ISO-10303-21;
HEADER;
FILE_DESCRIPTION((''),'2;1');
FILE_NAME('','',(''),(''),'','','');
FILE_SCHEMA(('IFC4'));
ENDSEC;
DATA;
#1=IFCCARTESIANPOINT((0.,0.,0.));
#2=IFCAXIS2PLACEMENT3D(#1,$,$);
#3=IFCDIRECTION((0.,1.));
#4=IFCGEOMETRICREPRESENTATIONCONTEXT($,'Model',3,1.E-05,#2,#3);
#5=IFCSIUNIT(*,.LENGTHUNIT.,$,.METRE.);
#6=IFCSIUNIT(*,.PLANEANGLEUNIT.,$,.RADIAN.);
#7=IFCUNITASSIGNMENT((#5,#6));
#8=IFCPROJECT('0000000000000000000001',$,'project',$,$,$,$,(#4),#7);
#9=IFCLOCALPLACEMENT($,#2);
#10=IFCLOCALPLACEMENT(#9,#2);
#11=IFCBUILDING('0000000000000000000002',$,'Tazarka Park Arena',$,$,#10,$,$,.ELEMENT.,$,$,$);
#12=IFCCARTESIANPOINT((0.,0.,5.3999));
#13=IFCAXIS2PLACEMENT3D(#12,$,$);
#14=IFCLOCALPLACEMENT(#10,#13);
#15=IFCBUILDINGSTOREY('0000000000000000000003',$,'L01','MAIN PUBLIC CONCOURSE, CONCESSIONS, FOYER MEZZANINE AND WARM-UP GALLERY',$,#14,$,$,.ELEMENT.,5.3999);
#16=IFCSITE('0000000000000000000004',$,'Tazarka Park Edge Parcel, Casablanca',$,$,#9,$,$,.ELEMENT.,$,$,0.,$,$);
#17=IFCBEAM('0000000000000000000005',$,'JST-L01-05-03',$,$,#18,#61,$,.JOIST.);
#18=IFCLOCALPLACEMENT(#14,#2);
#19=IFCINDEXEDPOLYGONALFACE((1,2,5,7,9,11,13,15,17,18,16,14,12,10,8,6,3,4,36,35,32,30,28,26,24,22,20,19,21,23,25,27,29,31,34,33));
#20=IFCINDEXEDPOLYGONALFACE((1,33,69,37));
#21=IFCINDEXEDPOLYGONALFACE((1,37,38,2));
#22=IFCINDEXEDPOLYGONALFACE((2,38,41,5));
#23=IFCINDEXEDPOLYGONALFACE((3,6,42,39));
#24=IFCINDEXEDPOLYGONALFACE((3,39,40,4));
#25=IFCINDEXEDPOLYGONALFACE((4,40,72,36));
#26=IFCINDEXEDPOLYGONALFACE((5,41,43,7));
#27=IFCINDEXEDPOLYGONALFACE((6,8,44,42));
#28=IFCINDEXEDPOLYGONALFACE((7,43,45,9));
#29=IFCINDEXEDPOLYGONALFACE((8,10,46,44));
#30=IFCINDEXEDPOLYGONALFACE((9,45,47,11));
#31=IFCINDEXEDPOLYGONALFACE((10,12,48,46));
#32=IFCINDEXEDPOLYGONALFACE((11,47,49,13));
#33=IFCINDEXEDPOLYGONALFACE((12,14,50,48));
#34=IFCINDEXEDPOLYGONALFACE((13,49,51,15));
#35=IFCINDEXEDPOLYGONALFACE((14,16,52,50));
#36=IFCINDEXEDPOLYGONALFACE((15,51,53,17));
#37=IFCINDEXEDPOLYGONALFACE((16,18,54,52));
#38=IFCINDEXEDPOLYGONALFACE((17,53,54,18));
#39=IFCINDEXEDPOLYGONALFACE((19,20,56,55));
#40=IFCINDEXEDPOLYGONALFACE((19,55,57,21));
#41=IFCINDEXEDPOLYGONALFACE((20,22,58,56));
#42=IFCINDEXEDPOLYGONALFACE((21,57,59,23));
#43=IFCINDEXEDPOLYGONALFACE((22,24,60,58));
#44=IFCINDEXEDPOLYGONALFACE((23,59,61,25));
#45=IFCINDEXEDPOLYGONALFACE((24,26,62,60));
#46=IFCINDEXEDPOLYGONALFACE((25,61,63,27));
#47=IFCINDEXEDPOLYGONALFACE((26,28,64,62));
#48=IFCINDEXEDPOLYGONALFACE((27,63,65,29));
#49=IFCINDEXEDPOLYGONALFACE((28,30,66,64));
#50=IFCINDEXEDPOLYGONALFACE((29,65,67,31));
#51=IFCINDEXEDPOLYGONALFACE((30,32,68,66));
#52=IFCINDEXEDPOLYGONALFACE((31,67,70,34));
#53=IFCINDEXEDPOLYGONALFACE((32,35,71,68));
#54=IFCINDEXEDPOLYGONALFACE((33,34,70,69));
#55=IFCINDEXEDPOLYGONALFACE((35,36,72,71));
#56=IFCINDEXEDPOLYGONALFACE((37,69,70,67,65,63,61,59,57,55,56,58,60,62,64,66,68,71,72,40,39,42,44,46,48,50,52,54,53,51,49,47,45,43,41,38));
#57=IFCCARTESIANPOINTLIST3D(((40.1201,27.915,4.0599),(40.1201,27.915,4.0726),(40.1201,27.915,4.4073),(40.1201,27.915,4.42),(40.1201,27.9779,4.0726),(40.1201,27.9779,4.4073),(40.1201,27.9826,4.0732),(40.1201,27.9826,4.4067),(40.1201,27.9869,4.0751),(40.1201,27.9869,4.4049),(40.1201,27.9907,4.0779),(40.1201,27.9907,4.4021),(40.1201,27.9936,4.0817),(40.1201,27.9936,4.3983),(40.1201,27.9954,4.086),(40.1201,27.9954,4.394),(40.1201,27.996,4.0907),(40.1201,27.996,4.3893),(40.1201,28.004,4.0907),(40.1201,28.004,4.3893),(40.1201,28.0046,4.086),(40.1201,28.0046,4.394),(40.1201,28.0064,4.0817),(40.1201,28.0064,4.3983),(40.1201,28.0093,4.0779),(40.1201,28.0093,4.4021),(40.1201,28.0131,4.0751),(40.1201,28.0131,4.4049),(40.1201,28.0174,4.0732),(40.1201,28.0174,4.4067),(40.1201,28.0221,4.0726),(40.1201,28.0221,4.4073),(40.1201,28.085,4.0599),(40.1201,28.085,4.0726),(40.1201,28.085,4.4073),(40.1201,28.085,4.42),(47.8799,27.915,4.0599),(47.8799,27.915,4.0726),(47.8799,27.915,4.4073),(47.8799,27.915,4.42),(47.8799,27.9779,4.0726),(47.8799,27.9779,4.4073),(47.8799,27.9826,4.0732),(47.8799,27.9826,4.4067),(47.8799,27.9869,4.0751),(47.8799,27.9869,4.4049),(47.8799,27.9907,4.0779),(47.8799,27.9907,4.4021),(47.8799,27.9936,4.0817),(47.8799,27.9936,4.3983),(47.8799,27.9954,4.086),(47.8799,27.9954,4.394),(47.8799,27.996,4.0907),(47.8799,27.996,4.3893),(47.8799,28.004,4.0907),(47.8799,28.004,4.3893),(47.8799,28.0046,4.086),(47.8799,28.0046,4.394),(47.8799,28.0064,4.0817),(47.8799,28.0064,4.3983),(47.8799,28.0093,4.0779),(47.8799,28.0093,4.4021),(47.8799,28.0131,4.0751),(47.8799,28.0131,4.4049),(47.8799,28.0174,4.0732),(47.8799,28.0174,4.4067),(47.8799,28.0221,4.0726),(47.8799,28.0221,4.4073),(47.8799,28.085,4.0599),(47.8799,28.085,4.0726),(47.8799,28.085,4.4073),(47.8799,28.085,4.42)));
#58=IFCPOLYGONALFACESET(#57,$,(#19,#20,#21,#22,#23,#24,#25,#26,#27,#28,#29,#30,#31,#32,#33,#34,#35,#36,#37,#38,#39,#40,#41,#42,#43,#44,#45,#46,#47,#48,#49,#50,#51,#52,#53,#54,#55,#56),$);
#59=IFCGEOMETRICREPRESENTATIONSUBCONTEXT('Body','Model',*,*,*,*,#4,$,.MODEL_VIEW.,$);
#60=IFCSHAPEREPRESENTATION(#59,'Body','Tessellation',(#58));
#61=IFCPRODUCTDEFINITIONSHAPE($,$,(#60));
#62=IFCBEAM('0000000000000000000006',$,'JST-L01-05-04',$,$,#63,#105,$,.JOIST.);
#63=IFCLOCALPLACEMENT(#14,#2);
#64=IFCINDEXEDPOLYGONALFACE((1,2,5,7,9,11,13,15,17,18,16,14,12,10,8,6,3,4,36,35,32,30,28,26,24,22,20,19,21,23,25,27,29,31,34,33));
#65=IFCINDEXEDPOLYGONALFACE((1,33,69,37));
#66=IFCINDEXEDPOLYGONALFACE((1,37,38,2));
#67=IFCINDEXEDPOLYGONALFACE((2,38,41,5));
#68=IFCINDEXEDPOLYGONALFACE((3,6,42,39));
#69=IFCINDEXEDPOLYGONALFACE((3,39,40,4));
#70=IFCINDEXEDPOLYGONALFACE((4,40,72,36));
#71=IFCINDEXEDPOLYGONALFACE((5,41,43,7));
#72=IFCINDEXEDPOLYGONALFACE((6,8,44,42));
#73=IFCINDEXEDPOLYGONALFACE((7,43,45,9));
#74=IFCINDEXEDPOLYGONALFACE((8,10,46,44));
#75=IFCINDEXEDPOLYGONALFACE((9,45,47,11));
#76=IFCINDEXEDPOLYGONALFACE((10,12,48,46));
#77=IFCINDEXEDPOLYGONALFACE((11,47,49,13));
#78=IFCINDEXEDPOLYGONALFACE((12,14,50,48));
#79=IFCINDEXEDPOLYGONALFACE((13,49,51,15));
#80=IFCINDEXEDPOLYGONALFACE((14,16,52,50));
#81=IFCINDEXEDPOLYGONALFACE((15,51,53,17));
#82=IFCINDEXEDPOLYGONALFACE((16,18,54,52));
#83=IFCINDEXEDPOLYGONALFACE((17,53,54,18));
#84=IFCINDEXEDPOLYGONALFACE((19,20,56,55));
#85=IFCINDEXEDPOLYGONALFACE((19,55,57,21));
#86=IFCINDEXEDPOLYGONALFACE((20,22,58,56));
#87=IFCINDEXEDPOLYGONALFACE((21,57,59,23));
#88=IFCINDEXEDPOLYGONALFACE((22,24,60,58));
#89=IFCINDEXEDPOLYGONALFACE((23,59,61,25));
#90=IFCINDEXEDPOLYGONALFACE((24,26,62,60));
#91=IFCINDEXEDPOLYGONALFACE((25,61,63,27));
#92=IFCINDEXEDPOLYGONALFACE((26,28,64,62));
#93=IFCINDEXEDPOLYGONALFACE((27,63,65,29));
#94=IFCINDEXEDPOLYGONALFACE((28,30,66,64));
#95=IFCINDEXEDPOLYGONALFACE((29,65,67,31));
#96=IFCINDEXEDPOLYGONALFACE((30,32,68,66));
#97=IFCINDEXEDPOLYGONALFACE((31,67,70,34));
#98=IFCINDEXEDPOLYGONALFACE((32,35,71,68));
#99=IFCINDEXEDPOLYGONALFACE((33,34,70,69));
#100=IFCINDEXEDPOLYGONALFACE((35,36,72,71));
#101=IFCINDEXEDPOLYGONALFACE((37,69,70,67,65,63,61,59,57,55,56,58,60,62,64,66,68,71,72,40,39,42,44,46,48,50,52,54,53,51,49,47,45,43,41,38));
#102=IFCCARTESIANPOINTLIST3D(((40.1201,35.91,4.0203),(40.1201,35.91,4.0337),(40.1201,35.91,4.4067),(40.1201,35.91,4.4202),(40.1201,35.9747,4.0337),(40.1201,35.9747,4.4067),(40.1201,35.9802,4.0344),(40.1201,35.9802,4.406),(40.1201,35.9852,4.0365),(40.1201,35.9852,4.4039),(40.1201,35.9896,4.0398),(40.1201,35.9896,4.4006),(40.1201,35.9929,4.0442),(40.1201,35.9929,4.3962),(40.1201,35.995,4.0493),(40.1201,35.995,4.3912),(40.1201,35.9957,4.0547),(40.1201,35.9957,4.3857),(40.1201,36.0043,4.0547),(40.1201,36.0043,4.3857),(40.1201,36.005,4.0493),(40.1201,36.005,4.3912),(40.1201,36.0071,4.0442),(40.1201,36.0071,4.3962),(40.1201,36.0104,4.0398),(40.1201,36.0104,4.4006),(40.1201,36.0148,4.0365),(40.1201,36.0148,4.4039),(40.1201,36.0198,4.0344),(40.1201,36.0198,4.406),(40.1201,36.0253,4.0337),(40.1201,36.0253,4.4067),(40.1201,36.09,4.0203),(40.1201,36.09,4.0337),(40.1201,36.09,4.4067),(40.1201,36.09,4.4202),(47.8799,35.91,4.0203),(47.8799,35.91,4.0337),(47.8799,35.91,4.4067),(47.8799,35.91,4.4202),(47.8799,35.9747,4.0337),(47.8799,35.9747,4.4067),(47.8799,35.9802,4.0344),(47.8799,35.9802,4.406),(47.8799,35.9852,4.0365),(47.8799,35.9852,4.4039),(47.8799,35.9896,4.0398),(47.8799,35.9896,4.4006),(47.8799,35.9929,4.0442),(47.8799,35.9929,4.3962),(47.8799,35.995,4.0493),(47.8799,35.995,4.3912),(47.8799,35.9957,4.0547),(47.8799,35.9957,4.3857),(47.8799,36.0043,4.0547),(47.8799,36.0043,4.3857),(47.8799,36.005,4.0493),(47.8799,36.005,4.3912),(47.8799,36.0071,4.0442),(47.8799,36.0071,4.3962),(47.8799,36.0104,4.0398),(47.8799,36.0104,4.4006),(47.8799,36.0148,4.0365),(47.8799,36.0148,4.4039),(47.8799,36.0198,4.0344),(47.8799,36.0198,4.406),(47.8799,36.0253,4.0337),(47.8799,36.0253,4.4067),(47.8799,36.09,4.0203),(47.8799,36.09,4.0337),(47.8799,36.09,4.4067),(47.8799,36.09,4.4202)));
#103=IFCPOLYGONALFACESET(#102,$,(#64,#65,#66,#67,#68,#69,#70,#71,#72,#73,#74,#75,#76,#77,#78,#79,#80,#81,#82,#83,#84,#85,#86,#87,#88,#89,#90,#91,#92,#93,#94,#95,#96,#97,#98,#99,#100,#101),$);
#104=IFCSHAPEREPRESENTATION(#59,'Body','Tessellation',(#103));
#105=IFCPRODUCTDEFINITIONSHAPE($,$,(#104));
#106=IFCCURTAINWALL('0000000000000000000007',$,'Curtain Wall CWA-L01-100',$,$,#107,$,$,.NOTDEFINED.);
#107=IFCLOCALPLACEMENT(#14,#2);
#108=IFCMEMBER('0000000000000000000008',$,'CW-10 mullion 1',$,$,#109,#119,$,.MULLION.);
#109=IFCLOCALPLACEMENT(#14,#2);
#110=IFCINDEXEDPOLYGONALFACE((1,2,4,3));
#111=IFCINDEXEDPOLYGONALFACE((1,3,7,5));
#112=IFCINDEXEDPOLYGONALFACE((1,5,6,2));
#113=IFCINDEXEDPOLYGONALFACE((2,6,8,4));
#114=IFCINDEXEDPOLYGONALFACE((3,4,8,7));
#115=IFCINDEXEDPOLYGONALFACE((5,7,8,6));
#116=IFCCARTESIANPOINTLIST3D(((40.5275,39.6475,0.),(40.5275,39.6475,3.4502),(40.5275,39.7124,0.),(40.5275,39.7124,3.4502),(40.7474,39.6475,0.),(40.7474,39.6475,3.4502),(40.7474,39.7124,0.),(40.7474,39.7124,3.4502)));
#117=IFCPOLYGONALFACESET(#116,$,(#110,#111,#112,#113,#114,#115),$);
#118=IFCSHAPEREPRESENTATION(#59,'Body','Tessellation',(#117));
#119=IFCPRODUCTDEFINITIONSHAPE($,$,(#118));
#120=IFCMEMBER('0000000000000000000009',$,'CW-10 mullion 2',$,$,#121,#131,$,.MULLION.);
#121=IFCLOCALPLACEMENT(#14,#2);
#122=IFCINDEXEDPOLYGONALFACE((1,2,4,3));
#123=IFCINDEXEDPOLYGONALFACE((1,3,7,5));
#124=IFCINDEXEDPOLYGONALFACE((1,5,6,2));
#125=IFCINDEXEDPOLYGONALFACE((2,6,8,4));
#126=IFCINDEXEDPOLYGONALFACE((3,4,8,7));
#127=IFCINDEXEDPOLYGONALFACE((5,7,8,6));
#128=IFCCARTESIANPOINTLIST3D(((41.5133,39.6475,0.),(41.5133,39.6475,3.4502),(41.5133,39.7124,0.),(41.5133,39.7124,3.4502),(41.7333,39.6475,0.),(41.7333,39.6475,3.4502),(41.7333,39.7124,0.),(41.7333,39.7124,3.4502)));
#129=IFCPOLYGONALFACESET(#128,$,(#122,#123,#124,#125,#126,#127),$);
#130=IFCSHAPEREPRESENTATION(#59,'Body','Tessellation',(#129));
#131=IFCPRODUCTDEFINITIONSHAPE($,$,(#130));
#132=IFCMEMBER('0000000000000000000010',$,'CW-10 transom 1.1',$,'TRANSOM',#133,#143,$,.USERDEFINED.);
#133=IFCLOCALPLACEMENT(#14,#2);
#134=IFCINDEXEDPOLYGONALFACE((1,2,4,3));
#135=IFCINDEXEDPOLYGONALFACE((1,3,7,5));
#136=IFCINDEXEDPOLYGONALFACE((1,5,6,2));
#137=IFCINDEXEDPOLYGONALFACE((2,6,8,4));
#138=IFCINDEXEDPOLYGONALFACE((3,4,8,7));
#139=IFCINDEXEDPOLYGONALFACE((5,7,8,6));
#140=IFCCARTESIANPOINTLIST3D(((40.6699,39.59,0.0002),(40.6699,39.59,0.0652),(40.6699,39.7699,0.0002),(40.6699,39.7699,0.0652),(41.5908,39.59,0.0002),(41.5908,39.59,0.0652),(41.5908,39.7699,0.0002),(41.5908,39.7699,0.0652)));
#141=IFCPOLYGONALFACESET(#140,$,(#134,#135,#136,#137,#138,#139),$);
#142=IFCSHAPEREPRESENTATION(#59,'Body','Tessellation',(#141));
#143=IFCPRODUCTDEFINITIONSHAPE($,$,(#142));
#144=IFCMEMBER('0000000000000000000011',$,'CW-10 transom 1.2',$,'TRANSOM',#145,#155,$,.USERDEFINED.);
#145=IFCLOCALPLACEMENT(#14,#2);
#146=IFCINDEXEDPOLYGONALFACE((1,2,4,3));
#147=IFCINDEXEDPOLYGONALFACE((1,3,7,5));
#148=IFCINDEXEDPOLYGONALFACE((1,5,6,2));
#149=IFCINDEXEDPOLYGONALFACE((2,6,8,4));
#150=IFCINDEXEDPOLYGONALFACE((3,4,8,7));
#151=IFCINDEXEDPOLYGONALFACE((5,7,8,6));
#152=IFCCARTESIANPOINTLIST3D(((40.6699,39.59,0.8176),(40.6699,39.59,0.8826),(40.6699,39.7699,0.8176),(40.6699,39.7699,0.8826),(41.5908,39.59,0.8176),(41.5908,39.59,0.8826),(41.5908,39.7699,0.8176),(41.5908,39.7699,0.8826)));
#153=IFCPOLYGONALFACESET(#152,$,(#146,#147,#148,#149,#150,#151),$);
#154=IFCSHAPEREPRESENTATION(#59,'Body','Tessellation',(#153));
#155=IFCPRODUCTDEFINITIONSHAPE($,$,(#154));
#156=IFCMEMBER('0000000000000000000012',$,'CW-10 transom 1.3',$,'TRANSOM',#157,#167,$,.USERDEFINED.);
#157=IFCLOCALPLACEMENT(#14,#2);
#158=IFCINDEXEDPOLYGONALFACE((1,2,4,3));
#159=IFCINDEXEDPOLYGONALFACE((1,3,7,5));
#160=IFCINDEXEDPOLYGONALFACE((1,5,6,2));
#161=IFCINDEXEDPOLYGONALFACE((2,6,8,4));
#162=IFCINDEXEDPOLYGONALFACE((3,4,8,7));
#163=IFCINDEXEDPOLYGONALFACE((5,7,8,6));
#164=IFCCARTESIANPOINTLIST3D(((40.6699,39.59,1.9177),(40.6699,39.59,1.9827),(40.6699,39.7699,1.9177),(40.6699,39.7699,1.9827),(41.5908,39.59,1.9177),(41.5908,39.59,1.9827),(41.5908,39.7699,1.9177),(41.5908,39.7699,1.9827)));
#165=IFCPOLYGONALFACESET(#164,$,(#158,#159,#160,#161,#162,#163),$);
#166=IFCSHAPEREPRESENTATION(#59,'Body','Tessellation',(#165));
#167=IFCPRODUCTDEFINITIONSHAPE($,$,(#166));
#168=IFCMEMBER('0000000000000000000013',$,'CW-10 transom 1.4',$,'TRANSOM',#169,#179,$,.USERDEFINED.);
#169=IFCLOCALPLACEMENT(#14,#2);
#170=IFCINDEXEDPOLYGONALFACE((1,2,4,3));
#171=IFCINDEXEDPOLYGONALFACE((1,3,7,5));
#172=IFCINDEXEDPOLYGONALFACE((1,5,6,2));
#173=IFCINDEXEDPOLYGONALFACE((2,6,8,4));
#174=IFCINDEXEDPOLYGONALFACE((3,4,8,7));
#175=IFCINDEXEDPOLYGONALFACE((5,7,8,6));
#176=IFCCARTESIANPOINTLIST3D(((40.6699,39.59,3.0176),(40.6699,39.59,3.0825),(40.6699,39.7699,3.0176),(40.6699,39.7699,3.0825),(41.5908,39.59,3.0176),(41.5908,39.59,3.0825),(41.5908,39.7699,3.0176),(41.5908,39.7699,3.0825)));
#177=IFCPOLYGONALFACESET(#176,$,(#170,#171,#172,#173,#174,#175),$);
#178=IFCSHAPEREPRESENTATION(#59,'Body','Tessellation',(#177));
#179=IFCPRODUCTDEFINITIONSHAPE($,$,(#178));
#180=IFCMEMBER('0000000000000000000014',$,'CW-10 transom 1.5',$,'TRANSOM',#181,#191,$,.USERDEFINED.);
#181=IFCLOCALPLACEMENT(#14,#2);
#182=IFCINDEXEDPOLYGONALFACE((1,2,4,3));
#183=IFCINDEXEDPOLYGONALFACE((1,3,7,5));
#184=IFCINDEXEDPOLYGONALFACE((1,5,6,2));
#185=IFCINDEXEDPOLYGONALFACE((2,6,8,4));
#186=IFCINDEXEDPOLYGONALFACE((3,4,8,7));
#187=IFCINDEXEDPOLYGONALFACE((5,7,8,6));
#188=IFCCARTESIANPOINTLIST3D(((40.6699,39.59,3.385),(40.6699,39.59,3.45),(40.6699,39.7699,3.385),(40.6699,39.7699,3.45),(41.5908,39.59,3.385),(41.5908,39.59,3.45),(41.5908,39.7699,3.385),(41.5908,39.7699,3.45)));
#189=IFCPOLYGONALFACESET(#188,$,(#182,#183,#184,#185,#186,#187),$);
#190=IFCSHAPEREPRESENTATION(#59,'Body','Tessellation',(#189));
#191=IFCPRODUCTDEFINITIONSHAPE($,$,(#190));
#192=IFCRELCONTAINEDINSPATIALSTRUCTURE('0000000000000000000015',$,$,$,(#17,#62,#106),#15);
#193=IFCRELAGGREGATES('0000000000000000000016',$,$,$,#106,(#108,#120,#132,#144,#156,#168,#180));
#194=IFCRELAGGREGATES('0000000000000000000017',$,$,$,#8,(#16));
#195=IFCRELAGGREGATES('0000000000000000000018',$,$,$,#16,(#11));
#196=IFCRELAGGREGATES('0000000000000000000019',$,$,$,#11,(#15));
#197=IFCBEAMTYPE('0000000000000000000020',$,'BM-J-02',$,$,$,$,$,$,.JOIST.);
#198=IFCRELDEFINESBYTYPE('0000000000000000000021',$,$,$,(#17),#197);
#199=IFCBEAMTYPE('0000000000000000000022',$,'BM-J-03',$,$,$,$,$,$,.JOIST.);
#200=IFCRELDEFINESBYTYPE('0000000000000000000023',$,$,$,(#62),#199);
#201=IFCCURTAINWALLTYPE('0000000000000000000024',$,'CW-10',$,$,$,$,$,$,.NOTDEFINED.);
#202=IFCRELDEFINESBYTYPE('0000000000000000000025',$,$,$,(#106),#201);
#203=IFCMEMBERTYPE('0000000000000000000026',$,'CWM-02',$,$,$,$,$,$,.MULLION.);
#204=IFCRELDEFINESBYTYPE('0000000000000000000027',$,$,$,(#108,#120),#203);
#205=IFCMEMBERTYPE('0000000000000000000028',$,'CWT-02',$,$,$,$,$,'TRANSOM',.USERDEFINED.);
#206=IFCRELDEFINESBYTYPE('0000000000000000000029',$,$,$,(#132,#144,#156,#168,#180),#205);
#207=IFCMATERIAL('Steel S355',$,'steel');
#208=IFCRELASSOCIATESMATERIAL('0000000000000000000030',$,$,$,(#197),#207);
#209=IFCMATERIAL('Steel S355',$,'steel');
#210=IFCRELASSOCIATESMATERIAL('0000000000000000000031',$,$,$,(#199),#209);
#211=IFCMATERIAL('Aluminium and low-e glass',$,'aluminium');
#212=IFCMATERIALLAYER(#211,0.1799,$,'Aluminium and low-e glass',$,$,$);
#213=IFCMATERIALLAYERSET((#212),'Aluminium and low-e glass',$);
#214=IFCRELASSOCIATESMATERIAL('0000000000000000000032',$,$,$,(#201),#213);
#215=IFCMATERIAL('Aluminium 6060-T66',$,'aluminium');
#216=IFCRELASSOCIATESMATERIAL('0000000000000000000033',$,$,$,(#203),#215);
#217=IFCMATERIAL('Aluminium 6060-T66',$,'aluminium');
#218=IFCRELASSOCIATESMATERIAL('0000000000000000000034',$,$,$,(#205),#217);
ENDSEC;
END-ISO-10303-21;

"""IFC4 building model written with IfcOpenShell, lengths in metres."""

from ifc_helpers import new_model, si_unit, direction, frame, origin, origin_2d, place, context, subcontext, project, spatial, rectangle, i_section, extrude, material, layer, layer_set, material_profile, profile_set, type_object, element, aggregate, save


model = new_model("IFC4")

# Units and contexts
model_context = context("Model", 3, precision=1e-05, world=origin(), true_north=direction((0.0, 1.0)))
body_context = subcontext(model_context, "Body", "Model", "MODEL_VIEW")
ifc_project = project(units=[si_unit("LENGTHUNIT", "METRE"), si_unit("PLANEANGLEUNIT", "RADIAN")], contexts=[model_context])

# Site, building, storey
site_placement = place(None, origin())
site = spatial("IfcSite", under=ifc_project, at=site_placement, Name="Tazarka Park Edge Parcel, Casablanca", CompositionType="ELEMENT", RefElevation=0.0)
building_placement = place(site_placement, origin())
building = spatial("IfcBuilding", under=site, at=building_placement, Name="Tazarka Park Arena", CompositionType="ELEMENT")
storey_placement = place(building_placement, frame((0.0, 0.0, 5.3999)))
storey = spatial("IfcBuildingStorey", under=building, at=storey_placement, Name="L01", Description="MAIN PUBLIC CONCOURSE, CONCESSIONS, FOYER MEZZANINE AND WARM-UP GALLERY", CompositionType="ELEMENT", Elevation=5.3999)

# Beams
ifc_material_1 = material(Name="Steel S355", Category="steel")
ifc_material_profile_1 = material_profile(ifc_material_1, i_section(OverallWidth=0.1699, OverallDepth=0.3601, WebThickness=0.0081, FlangeThickness=0.0127, FilletRadius=0.0181, at=origin_2d()), Name="Steel S355")
ifc_profile_set_1 = profile_set([ifc_material_profile_1], Name="Steel S355")
beam_type_1 = type_object("IfcBeamType", Name="BM-J-02", PredefinedType="JOIST", material=ifc_profile_set_1)
for number, where, z_axis, x_axis, name in (
    (1, (40.1201, 28.0, 4.24), (1.0, 0.0, 0.0), (0.0, 1.0, 0.0), "JST-L01-05-03"),
):
    element("IfcBeam", number, at=place(storey_placement, frame(where, z_axis=z_axis, x_axis=x_axis)), inside=storey, type_object=beam_type_1, Name=name, PredefinedType="JOIST", context=body_context, shape_type="SweptSolid", body=[
        extrude(i_section(OverallWidth=0.1699, OverallDepth=0.3601, WebThickness=0.0081, FlangeThickness=0.0127, FilletRadius=0.0181, at=origin_2d()), origin(), (0.0, 0.0, 1.0), 7.7598),
    ])
ifc_material_2 = material(Name="Steel S355", Category="steel")
ifc_material_profile_2 = material_profile(ifc_material_2, i_section(OverallWidth=0.1799, OverallDepth=0.3999, WebThickness=0.0085, FlangeThickness=0.0134, FilletRadius=0.021, at=origin_2d()), Name="Steel S355")
ifc_profile_set_2 = profile_set([ifc_material_profile_2], Name="Steel S355")
beam_type_2 = type_object("IfcBeamType", Name="BM-J-03", PredefinedType="JOIST", material=ifc_profile_set_2)
beam_1_placement = place(storey_placement, frame((40.1201, 36.0, 4.2202), z_axis=(1.0, 0.0, 0.0), x_axis=(0.0, 1.0, 0.0)))
element("IfcBeam", 2, at=beam_1_placement, inside=storey, type_object=beam_type_2, Name="JST-L01-05-04", PredefinedType="JOIST", context=body_context, shape_type="SweptSolid", body=[
    extrude(i_section(OverallWidth=0.1799, OverallDepth=0.3999, WebThickness=0.0085, FlangeThickness=0.0134, FilletRadius=0.021, at=origin_2d()), origin(), (0.0, 0.0, 1.0), 7.7598),
])

# Curtain wall, members
ifc_material_3 = material(Name="Aluminium and low-e glass", Category="aluminium")
ifc_layer_1 = layer(ifc_material_3, 0.1799, Name="Aluminium and low-e glass")
ifc_layer_set_1 = layer_set([ifc_layer_1], Name="Aluminium and low-e glass")
curtain_wall_type = type_object("IfcCurtainWallType", Name="CW-10", PredefinedType="NOTDEFINED", material=ifc_layer_set_1)
curtain_wall_placement = place(storey_placement, origin())
curtain_wall = element("IfcCurtainWall", 3, at=curtain_wall_placement, inside=storey, type_object=curtain_wall_type, Name="Curtain Wall CWA-L01-100", PredefinedType="NOTDEFINED")
ifc_material_4 = material(Name="Aluminium 6060-T66", Category="aluminium")
ifc_material_profile_3 = material_profile(ifc_material_4, rectangle(XDim=0.0649, YDim=0.22, at=origin_2d()), Name="Aluminium 6060-T66")
ifc_profile_set_3 = profile_set([ifc_material_profile_3], Name="Aluminium 6060-T66")
member_type_1 = type_object("IfcMemberType", Name="CWM-02", PredefinedType="MULLION", material=ifc_profile_set_3)
member_1_placement = place(storey_placement, frame((40.6375, 39.6799, 0.0), z_axis=(0.0, 0.0, 1.0), x_axis=(0.0, 1.0, 0.0)))
member_1 = element("IfcMember", 4, at=member_1_placement, type_object=member_type_1, Name="CW-10 mullion 1", PredefinedType="MULLION", context=body_context, shape_type="SweptSolid", body=[
    extrude(rectangle(XDim=0.0649, YDim=0.22, at=origin_2d()), origin(), (0.0, 0.0, 1.0), 3.4502),
])
member_2_placement = place(storey_placement, frame((41.6233, 39.6799, 0.0), z_axis=(0.0, 0.0, 1.0), x_axis=(0.0, 1.0, 0.0)))
member_2 = element("IfcMember", 5, at=member_2_placement, type_object=member_type_1, Name="CW-10 mullion 2", PredefinedType="MULLION", context=body_context, shape_type="SweptSolid", body=[
    extrude(rectangle(XDim=0.0649, YDim=0.22, at=origin_2d()), origin(), (0.0, 0.0, 1.0), 3.4502),
])
ifc_material_5 = material(Name="Aluminium 6060-T66", Category="aluminium")
ifc_material_profile_4 = material_profile(ifc_material_5, rectangle(XDim=0.1799, YDim=0.0649, at=origin_2d()), Name="Aluminium 6060-T66")
ifc_profile_set_4 = profile_set([ifc_material_profile_4], Name="Aluminium 6060-T66")
member_type_2 = type_object("IfcMemberType", Name="CWT-02", ElementType="TRANSOM", PredefinedType="USERDEFINED", material=ifc_profile_set_4)
member_3_placement = place(storey_placement, frame((40.6699, 39.6799, 0.0327), z_axis=(1.0, 0.0, 0.0), x_axis=(0.0, 1.0, 0.0)))
member_3 = element("IfcMember", 6, at=member_3_placement, type_object=member_type_2, Name="CW-10 transom 1.1", ObjectType="TRANSOM", PredefinedType="USERDEFINED", context=body_context, shape_type="SweptSolid", body=[
    extrude(rectangle(XDim=0.1799, YDim=0.0649, at=origin_2d()), origin(), (0.0, 0.0, 1.0), 0.9209),
])
member_4_placement = place(storey_placement, frame((40.6699, 39.6799, 0.8501), z_axis=(1.0, 0.0, 0.0), x_axis=(0.0, 1.0, 0.0)))
member_4 = element("IfcMember", 7, at=member_4_placement, type_object=member_type_2, Name="CW-10 transom 1.2", ObjectType="TRANSOM", PredefinedType="USERDEFINED", context=body_context, shape_type="SweptSolid", body=[
    extrude(rectangle(XDim=0.1799, YDim=0.0649, at=origin_2d()), origin(), (0.0, 0.0, 1.0), 0.9209),
])
member_5_placement = place(storey_placement, frame((40.6699, 39.6799, 1.9502), z_axis=(1.0, 0.0, 0.0), x_axis=(0.0, 1.0, 0.0)))
member_5 = element("IfcMember", 8, at=member_5_placement, type_object=member_type_2, Name="CW-10 transom 1.3", ObjectType="TRANSOM", PredefinedType="USERDEFINED", context=body_context, shape_type="SweptSolid", body=[
    extrude(rectangle(XDim=0.1799, YDim=0.0649, at=origin_2d()), origin(), (0.0, 0.0, 1.0), 0.9209),
])
member_6_placement = place(storey_placement, frame((40.6699, 39.6799, 3.05), z_axis=(1.0, 0.0, 0.0), x_axis=(0.0, 1.0, 0.0)))
member_6 = element("IfcMember", 9, at=member_6_placement, type_object=member_type_2, Name="CW-10 transom 1.4", ObjectType="TRANSOM", PredefinedType="USERDEFINED", context=body_context, shape_type="SweptSolid", body=[
    extrude(rectangle(XDim=0.1799, YDim=0.0649, at=origin_2d()), origin(), (0.0, 0.0, 1.0), 0.9209),
])
member_7_placement = place(storey_placement, frame((40.6699, 39.6799, 3.4175), z_axis=(1.0, 0.0, 0.0), x_axis=(0.0, 1.0, 0.0)))
member_7 = element("IfcMember", 10, at=member_7_placement, type_object=member_type_2, Name="CW-10 transom 1.5", ObjectType="TRANSOM", PredefinedType="USERDEFINED", context=body_context, shape_type="SweptSolid", body=[
    extrude(rectangle(XDim=0.1799, YDim=0.0649, at=origin_2d()), origin(), (0.0, 0.0, 1.0), 0.9209),
])
aggregate(curtain_wall, [member_1, member_2, member_3, member_4, member_5, member_6, member_7])

save(model, "model.ifc")
